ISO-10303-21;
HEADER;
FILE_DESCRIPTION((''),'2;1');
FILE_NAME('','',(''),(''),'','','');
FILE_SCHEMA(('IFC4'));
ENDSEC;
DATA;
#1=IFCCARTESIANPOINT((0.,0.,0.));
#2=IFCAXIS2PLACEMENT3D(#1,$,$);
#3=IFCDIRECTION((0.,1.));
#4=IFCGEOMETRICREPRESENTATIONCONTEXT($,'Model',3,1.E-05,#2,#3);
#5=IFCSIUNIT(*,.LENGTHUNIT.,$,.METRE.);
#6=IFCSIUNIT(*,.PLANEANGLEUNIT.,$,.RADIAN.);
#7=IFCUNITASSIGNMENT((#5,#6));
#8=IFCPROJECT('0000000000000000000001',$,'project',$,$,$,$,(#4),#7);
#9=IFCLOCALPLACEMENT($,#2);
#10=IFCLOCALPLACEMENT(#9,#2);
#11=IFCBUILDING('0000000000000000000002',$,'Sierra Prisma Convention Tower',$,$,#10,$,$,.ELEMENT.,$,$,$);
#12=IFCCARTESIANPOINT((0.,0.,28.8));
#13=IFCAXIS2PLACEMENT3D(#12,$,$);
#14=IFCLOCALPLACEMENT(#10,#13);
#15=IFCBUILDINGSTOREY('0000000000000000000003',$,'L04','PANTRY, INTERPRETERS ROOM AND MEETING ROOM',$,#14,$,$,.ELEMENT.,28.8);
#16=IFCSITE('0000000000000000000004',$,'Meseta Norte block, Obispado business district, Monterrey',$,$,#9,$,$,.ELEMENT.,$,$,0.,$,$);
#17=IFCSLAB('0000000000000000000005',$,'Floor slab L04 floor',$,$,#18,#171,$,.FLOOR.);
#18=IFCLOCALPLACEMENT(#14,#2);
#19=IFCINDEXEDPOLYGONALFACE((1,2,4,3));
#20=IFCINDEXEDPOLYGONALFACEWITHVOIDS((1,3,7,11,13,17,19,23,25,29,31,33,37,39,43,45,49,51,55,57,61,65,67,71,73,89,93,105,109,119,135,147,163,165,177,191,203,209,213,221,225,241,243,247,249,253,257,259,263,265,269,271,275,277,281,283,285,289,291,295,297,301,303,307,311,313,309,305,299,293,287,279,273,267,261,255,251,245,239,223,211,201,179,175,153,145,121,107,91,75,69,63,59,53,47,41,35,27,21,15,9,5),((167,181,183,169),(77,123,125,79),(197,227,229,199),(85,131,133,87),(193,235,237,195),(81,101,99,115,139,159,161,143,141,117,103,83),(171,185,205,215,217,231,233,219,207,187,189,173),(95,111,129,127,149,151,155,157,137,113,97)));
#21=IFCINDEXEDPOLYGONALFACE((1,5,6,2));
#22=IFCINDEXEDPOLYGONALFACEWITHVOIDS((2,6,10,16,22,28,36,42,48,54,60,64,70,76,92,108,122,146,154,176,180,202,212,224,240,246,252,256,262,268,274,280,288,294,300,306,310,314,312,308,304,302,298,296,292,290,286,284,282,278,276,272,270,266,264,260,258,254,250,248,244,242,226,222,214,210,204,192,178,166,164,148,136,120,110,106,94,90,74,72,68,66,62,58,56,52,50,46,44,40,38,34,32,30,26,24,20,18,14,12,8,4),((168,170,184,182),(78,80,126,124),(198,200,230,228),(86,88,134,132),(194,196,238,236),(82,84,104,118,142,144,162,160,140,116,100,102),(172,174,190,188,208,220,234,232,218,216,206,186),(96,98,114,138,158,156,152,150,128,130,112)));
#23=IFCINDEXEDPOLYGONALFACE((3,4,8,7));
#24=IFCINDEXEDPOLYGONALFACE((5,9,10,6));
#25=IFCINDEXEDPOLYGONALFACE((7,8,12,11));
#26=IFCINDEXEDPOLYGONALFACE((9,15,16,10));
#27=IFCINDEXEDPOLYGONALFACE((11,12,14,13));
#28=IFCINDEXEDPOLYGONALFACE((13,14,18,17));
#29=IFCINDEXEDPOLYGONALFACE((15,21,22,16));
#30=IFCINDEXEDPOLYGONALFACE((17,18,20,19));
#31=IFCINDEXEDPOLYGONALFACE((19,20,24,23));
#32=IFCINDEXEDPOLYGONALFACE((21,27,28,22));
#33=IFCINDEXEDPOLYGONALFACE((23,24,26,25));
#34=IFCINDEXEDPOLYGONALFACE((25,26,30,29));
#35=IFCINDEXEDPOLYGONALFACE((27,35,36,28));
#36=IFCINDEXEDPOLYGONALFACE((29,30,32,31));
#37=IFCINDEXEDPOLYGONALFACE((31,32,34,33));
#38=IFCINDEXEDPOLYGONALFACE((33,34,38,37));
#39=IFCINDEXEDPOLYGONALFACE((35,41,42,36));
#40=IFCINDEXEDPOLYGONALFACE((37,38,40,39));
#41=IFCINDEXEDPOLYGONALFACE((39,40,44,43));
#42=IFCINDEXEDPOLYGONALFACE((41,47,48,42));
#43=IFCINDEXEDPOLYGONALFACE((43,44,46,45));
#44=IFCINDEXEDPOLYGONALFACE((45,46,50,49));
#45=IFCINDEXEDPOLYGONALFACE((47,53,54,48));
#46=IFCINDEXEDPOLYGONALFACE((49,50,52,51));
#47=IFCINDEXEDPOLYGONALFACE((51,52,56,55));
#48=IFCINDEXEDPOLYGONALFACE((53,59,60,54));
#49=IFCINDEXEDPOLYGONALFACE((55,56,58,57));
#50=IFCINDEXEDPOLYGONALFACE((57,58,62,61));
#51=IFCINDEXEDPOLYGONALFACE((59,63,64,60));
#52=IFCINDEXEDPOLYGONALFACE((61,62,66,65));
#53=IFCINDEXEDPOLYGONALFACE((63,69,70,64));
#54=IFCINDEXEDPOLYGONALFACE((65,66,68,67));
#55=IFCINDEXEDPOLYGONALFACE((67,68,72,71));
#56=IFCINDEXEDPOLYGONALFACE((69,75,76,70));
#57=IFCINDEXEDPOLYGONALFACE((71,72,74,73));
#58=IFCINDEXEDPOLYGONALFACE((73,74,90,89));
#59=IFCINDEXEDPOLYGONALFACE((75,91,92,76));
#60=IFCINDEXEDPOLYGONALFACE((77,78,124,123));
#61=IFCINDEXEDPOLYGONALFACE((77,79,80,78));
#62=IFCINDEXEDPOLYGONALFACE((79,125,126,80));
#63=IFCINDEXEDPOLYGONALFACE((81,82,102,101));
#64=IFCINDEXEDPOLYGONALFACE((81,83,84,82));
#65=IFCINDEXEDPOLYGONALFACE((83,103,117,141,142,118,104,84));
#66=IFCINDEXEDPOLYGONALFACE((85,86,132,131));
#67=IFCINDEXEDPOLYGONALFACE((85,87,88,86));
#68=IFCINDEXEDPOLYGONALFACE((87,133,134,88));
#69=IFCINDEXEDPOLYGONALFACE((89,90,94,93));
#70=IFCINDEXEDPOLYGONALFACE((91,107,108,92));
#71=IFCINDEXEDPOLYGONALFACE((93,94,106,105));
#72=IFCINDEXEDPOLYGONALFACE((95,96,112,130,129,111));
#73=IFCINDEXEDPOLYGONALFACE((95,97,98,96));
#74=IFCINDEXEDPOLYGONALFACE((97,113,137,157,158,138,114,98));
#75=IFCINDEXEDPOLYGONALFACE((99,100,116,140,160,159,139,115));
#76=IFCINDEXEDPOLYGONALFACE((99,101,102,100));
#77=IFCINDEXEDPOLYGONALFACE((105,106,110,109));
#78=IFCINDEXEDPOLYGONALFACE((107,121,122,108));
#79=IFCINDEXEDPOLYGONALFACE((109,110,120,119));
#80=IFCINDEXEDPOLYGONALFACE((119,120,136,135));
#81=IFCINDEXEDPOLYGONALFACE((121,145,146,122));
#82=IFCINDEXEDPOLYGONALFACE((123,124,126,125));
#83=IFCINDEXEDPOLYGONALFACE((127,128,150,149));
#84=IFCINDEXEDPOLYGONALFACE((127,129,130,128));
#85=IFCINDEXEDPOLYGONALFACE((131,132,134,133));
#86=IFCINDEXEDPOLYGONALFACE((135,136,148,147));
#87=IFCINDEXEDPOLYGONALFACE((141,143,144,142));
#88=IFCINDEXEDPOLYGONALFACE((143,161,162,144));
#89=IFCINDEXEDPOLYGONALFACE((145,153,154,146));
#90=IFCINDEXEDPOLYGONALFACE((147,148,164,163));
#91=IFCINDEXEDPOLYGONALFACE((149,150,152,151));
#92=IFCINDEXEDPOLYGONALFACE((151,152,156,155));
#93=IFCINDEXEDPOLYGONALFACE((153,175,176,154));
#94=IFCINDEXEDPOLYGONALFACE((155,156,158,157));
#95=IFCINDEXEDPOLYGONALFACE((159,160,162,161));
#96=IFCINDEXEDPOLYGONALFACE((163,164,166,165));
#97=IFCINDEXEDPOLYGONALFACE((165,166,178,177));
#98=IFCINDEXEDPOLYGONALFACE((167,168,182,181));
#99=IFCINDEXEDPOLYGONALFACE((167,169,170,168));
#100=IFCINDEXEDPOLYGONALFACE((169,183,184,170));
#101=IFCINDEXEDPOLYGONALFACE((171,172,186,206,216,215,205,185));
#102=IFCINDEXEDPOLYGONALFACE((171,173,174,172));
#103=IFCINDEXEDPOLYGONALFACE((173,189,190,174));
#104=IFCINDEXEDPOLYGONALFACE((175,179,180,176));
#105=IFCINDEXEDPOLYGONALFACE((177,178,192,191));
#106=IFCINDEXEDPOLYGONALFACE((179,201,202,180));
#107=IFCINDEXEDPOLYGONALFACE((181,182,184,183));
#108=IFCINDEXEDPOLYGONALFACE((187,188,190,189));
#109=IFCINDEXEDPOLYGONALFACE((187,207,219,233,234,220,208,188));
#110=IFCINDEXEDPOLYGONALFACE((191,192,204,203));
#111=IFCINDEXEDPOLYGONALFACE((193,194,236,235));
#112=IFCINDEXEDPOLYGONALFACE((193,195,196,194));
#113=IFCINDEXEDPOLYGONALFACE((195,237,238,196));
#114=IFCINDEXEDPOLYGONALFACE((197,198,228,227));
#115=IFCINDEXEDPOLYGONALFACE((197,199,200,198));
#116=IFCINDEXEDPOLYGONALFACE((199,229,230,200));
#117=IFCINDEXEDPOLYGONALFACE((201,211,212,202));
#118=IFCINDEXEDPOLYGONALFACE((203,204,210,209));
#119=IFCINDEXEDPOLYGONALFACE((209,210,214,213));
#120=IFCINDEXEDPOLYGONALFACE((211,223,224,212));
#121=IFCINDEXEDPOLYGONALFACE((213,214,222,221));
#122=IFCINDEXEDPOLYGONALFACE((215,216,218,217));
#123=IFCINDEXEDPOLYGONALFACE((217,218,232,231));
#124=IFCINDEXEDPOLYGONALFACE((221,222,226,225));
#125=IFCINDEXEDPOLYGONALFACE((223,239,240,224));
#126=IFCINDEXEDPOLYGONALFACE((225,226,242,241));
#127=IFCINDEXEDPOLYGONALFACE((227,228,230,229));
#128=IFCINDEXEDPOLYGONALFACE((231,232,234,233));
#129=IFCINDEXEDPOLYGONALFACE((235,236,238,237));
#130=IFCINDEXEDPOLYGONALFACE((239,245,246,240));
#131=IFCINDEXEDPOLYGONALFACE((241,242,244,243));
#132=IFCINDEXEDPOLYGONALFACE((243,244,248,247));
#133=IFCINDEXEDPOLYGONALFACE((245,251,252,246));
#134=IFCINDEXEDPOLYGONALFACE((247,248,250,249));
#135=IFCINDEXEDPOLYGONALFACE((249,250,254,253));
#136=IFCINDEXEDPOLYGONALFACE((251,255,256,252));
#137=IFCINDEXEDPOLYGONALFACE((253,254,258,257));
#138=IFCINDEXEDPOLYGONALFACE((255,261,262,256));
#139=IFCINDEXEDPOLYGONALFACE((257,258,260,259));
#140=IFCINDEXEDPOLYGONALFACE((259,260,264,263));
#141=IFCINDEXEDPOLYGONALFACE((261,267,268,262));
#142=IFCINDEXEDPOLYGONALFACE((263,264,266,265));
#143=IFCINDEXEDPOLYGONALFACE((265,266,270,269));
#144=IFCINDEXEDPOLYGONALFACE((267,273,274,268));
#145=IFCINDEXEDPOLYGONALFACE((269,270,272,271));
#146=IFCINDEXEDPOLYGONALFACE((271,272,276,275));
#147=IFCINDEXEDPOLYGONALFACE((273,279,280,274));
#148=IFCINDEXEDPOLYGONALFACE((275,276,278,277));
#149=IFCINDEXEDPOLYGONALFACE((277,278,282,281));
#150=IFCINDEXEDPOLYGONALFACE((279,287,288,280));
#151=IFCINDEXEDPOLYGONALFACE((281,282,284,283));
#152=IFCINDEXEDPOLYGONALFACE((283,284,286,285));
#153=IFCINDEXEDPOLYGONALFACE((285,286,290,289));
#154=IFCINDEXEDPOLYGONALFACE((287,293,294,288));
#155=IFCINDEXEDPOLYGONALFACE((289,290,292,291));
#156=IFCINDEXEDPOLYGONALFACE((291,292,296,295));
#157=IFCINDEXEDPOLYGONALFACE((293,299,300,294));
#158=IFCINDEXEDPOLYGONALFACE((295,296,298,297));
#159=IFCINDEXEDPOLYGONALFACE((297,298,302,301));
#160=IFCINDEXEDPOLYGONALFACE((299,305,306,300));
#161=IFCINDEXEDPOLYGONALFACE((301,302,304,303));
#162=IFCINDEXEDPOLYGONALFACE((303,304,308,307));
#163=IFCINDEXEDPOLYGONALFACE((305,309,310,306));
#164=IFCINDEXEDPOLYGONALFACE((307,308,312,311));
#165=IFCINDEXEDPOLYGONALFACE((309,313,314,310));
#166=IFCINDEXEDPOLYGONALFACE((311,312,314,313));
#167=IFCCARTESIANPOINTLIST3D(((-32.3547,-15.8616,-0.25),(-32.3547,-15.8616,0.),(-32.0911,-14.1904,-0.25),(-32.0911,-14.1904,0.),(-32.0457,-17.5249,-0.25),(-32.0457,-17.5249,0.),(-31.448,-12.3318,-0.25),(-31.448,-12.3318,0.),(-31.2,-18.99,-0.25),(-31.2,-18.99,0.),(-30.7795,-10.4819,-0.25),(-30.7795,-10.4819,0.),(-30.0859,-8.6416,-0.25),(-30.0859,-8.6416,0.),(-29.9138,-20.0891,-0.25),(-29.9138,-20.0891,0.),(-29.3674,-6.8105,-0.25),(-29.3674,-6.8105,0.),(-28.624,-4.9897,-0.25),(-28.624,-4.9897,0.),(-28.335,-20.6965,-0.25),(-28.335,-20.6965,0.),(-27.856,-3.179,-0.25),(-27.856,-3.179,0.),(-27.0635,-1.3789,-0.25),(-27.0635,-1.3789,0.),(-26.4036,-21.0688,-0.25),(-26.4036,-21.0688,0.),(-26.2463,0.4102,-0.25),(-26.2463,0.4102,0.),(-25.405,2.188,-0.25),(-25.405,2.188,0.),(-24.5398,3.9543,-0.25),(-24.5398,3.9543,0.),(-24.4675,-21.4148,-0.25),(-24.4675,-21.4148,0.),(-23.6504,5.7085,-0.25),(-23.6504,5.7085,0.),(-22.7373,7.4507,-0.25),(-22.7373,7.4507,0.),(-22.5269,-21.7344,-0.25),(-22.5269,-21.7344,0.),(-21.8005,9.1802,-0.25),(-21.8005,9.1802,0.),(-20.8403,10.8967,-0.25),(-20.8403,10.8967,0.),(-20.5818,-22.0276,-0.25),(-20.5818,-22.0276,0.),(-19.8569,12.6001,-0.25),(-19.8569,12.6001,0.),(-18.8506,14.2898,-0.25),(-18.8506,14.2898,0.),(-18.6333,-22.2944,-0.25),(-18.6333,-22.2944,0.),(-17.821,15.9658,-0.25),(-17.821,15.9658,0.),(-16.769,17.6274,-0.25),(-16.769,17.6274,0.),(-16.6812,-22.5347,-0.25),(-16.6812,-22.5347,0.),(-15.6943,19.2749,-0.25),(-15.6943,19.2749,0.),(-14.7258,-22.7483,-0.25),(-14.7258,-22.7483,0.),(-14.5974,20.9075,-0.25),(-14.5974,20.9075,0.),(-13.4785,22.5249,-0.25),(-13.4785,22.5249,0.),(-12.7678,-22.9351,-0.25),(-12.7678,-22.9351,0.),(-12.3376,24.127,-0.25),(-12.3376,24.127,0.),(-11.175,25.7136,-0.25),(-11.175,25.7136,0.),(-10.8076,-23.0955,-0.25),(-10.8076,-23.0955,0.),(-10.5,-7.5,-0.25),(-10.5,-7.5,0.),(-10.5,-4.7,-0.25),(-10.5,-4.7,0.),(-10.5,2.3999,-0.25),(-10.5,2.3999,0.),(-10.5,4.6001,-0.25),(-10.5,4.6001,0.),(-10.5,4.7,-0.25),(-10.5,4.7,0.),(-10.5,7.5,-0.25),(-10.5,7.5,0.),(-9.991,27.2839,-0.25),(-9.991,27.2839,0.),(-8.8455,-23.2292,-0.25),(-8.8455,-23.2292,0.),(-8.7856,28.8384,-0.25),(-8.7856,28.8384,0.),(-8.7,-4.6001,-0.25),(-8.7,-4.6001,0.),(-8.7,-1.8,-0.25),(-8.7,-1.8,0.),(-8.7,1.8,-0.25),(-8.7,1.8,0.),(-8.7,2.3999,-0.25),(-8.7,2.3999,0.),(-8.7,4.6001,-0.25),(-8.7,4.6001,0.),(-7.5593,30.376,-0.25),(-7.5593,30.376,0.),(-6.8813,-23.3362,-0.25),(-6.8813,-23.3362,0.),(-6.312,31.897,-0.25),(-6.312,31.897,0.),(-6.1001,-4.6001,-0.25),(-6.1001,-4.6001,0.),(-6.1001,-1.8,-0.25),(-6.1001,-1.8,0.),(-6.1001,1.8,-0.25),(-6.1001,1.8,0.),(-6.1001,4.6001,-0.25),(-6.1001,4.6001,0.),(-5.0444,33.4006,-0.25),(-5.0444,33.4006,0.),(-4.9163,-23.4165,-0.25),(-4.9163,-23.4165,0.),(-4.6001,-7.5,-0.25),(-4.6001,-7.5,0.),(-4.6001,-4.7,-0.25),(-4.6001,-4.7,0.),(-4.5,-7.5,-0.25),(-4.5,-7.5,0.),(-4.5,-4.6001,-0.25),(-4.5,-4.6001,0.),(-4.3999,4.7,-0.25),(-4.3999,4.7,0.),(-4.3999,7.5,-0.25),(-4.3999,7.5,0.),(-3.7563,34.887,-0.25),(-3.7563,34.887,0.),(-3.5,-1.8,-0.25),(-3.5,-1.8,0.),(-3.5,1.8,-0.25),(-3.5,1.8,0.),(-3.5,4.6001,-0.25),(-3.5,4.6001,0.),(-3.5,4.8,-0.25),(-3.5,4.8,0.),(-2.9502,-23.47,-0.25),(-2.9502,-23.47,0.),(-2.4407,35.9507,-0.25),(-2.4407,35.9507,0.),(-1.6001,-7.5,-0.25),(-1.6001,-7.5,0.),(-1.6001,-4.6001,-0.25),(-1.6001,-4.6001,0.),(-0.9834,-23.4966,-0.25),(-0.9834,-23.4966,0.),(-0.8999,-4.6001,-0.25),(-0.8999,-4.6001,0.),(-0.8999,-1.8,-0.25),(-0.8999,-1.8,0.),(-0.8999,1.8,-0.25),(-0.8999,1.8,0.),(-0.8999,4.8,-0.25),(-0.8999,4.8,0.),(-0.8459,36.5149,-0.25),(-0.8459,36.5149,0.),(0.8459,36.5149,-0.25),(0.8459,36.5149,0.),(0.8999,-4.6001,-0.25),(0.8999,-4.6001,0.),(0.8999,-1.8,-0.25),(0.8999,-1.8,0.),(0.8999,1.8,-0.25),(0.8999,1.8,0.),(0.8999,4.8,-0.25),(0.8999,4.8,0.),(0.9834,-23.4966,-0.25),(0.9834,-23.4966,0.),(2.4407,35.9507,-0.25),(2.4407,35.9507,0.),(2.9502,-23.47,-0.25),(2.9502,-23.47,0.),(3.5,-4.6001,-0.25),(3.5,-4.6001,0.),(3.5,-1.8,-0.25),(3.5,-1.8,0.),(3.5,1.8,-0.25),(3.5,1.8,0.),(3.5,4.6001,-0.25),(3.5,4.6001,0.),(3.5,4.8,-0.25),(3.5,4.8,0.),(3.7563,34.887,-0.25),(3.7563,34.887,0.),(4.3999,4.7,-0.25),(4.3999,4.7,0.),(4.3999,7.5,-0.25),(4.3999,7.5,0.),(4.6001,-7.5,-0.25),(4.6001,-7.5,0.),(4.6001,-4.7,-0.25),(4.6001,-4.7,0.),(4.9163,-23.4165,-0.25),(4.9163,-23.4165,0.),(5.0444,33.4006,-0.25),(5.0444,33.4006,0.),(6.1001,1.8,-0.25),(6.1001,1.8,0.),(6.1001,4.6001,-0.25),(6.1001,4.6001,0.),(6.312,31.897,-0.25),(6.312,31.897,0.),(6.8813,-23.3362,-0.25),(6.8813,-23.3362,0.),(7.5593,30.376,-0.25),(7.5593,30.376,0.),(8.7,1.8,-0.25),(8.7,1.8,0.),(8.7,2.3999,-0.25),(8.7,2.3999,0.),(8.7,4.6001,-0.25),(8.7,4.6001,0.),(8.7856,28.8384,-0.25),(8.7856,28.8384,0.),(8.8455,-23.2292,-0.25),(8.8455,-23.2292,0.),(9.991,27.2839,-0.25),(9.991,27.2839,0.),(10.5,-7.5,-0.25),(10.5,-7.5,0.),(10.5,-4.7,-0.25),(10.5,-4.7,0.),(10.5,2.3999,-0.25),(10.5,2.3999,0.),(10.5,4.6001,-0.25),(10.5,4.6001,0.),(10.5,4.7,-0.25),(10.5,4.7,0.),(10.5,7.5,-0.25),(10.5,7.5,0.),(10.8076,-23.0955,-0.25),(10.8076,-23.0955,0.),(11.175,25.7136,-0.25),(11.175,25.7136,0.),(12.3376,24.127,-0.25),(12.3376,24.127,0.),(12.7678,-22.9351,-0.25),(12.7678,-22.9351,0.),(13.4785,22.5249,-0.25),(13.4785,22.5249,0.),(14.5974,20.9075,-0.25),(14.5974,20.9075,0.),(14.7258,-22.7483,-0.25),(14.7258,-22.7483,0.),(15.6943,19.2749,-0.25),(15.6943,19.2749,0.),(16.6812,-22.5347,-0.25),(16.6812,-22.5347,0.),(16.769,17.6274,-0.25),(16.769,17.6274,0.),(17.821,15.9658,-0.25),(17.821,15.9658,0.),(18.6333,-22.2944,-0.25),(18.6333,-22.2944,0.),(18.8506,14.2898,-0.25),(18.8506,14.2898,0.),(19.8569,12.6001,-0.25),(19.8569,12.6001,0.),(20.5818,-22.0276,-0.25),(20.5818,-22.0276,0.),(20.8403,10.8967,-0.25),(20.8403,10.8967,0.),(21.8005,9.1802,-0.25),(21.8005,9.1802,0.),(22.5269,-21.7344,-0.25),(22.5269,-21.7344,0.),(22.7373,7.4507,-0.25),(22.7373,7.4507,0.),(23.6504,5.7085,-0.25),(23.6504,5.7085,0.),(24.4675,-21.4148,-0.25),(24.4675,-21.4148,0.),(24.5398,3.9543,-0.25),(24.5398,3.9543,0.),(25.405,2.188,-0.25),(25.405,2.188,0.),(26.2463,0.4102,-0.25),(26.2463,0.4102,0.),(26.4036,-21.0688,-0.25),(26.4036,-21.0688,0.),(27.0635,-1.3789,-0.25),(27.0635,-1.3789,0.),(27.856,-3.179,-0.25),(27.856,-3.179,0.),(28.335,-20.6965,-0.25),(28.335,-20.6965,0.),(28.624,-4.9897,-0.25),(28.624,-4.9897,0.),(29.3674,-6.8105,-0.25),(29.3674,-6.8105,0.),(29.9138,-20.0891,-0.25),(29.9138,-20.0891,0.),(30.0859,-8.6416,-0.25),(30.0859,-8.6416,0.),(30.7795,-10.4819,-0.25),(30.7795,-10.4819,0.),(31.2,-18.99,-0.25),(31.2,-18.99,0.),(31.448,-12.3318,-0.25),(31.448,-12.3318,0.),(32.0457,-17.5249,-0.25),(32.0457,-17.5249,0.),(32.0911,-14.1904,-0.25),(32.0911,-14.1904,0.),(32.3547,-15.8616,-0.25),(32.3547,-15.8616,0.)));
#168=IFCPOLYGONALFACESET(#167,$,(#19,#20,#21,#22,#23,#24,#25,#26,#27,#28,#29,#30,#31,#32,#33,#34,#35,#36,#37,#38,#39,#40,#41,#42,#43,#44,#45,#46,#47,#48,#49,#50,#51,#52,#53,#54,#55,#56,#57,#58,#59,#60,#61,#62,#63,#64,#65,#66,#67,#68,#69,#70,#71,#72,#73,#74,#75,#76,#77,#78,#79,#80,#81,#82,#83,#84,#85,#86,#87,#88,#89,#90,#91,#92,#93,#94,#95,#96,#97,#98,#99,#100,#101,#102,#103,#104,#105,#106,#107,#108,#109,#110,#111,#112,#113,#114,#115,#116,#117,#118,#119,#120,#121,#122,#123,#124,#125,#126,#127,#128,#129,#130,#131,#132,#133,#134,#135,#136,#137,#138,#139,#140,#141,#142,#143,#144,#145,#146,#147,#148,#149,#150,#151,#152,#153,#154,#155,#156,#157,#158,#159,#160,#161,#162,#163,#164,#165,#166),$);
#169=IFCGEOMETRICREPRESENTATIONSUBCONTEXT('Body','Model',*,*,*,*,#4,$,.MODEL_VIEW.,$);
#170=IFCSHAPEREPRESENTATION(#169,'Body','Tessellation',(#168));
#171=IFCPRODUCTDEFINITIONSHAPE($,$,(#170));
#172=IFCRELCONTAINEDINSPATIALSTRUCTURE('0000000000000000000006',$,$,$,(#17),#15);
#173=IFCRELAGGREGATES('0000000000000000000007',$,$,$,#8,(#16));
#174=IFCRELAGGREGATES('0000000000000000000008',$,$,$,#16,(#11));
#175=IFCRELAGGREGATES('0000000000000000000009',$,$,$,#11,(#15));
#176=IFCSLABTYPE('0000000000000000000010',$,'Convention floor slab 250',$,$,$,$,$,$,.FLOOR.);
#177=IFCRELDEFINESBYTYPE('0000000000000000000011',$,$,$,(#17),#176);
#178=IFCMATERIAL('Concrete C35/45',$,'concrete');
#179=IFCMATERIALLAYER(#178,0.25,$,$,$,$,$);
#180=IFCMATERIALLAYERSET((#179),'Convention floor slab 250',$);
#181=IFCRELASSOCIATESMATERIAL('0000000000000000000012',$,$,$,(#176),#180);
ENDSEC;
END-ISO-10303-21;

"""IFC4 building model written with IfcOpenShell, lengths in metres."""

from ifc_helpers import new_model, si_unit, direction, frame, origin, place, context, subcontext, project, spatial, polyline, outline, extrude, material, layer, layer_set, type_object, element, save


model = new_model("IFC4")

# Units and contexts
model_context = context("Model", 3, precision=1e-05, world=origin(), true_north=direction((0.0, 1.0)))
body_context = subcontext(model_context, "Body", "Model", "MODEL_VIEW")
ifc_project = project(units=[si_unit("LENGTHUNIT", "METRE"), si_unit("PLANEANGLEUNIT", "RADIAN")], contexts=[model_context])

# Site, building, storey
site_placement = place(None, origin())
site = spatial("IfcSite", under=ifc_project, at=site_placement, Name="Meseta Norte block, Obispado business district, Monterrey", CompositionType="ELEMENT", RefElevation=0.0)
building_placement = place(site_placement, origin())
building = spatial("IfcBuilding", under=site, at=building_placement, Name="Sierra Prisma Convention Tower", CompositionType="ELEMENT")
storey_placement = place(building_placement, frame((0.0, 0.0, 28.8)))
storey = spatial("IfcBuildingStorey", under=building, at=storey_placement, Name="L04", Description="PANTRY, INTERPRETERS ROOM AND MEETING ROOM", CompositionType="ELEMENT", Elevation=28.8)

# Slab
ifc_material_1 = material(Name="Concrete C35/45", Category="concrete")
ifc_layer_1 = layer(ifc_material_1, 0.25)
ifc_layer_set_1 = layer_set([ifc_layer_1], Name="Convention floor slab 250")
slab_type_1 = type_object("IfcSlabType", Name="Convention floor slab 250", PredefinedType="FLOOR", material=ifc_layer_set_1)
slab_1_placement = place(storey_placement, frame((0.0, 0.0, -0.25)))
element("IfcSlab", 1, at=slab_1_placement, inside=storey, type_object=slab_type_1, Name="Floor slab L04 floor", PredefinedType="FLOOR", context=body_context, shape_type="SweptSolid", body=[
    extrude(outline(polyline([(-28.335, -20.6965), (-26.4036, -21.0688), (-24.4675, -21.4148), (-22.5269, -21.7344), (-20.5818, -22.0276), (-18.6333, -22.2944), (-16.6812, -22.5347), (-14.7258, -22.7483), (-12.7678, -22.9351), (-10.8076, -23.0955), (-8.8455, -23.2292), (-6.8813, -23.3362), (-4.9163, -23.4165), (-2.9502, -23.47), (-0.9834, -23.4966), (0.9834, -23.4966), (2.9502, -23.47), (4.9163, -23.4165), (6.8813, -23.3362), (8.8455, -23.2292), (10.8076, -23.0955), (12.7678, -22.9351), (14.7258, -22.7483), (16.6812, -22.5347), (18.6333, -22.2944), (20.5818, -22.0276), (22.5269, -21.7344), (24.4675, -21.4148), (26.4036, -21.0688), (28.335, -20.6965), (29.9138, -20.0891), (31.2, -18.99), (32.0457, -17.5249), (32.3547, -15.8616), (32.0911, -14.1904), (31.448, -12.3318), (30.7795, -10.4819), (30.0859, -8.6416), (29.3674, -6.8105), (28.624, -4.9897), (27.856, -3.179), (27.0635, -1.3789), (26.2463, 0.4102), (25.405, 2.188), (24.5398, 3.9543), (23.6504, 5.7085), (22.7373, 7.4507), (21.8005, 9.1802), (20.8403, 10.8967), (19.8569, 12.6001), (18.8506, 14.2898), (17.821, 15.9658), (16.769, 17.6274), (15.6943, 19.2749), (14.5974, 20.9075), (13.4785, 22.5249), (12.3376, 24.127), (11.175, 25.7136), (9.991, 27.2839), (8.7856, 28.8384), (7.5593, 30.376), (6.312, 31.897), (5.0444, 33.4006), (3.7563, 34.887), (2.4407, 35.9507), (0.8459, 36.5149), (-0.8459, 36.5149), (-2.4407, 35.9507), (-3.7563, 34.887), (-5.0444, 33.4006), (-6.312, 31.897), (-7.5593, 30.376), (-8.7856, 28.8384), (-9.991, 27.2839), (-11.175, 25.7136), (-12.3376, 24.127), (-13.4785, 22.5249), (-14.5974, 20.9075), (-15.6943, 19.2749), (-16.769, 17.6274), (-17.821, 15.9658), (-18.8506, 14.2898), (-19.8569, 12.6001), (-20.8403, 10.8967), (-21.8005, 9.1802), (-22.7373, 7.4507), (-23.6504, 5.7085), (-24.5398, 3.9543), (-25.405, 2.188), (-26.2463, 0.4102), (-27.0635, -1.3789), (-27.856, -3.179), (-28.624, -4.9897), (-29.3674, -6.8105), (-30.0859, -8.6416), (-30.7795, -10.4819), (-31.448, -12.3318), (-32.0911, -14.1904), (-32.3547, -15.8616), (-32.0457, -17.5249), (-31.2, -18.99), (-29.9138, -20.0891), (-28.335, -20.6965)]), holes=[polyline([(-4.6001, -7.5), (-10.5, -7.5), (-10.5, -4.7), (-4.6001, -4.7), (-4.6001, -7.5)]), polyline([(-8.7, -4.6001), (-8.7, -1.8), (-6.1001, -1.8), (-3.5, -1.8), (-0.8999, -1.8), (-0.8999, -4.6001), (-1.6001, -4.6001), (-1.6001, -7.5), (-4.5, -7.5), (-4.5, -4.6001), (-6.1001, -4.6001), (-8.7, -4.6001)]), polyline([(-10.5, 4.6001), (-8.7, 4.6001), (-6.1001, 4.6001), (-3.5, 4.6001), (-3.5, 4.8), (-0.8999, 4.8), (-0.8999, 1.8), (-3.5, 1.8), (-6.1001, 1.8), (-8.7, 1.8), (-8.7, 2.3999), (-10.5, 2.3999), (-10.5, 4.6001)]), polyline([(-4.3999, 4.7), (-10.5, 4.7), (-10.5, 7.5), (-4.3999, 7.5), (-4.3999, 4.7)]), polyline([(10.5, -7.5), (4.6001, -7.5), (4.6001, -4.7), (10.5, -4.7), (10.5, -7.5)]), polyline([(3.5, -4.6001), (0.8999, -4.6001), (0.8999, -1.8), (3.5, -1.8), (3.5, -4.6001)]), polyline([(10.5, 4.6001), (10.5, 2.3999), (8.7, 2.3999), (8.7, 1.8), (6.1001, 1.8), (3.5, 1.8), (0.8999, 1.8), (0.8999, 4.8), (3.5, 4.8), (3.5, 4.6001), (6.1001, 4.6001), (8.7, 4.6001), (10.5, 4.6001)]), polyline([(4.3999, 4.7), (4.3999, 7.5), (10.5, 7.5), (10.5, 4.7), (4.3999, 4.7)])]), origin(), (0.0, 0.0, 1.0), 0.25),
])

save(model, "model.ifc")
